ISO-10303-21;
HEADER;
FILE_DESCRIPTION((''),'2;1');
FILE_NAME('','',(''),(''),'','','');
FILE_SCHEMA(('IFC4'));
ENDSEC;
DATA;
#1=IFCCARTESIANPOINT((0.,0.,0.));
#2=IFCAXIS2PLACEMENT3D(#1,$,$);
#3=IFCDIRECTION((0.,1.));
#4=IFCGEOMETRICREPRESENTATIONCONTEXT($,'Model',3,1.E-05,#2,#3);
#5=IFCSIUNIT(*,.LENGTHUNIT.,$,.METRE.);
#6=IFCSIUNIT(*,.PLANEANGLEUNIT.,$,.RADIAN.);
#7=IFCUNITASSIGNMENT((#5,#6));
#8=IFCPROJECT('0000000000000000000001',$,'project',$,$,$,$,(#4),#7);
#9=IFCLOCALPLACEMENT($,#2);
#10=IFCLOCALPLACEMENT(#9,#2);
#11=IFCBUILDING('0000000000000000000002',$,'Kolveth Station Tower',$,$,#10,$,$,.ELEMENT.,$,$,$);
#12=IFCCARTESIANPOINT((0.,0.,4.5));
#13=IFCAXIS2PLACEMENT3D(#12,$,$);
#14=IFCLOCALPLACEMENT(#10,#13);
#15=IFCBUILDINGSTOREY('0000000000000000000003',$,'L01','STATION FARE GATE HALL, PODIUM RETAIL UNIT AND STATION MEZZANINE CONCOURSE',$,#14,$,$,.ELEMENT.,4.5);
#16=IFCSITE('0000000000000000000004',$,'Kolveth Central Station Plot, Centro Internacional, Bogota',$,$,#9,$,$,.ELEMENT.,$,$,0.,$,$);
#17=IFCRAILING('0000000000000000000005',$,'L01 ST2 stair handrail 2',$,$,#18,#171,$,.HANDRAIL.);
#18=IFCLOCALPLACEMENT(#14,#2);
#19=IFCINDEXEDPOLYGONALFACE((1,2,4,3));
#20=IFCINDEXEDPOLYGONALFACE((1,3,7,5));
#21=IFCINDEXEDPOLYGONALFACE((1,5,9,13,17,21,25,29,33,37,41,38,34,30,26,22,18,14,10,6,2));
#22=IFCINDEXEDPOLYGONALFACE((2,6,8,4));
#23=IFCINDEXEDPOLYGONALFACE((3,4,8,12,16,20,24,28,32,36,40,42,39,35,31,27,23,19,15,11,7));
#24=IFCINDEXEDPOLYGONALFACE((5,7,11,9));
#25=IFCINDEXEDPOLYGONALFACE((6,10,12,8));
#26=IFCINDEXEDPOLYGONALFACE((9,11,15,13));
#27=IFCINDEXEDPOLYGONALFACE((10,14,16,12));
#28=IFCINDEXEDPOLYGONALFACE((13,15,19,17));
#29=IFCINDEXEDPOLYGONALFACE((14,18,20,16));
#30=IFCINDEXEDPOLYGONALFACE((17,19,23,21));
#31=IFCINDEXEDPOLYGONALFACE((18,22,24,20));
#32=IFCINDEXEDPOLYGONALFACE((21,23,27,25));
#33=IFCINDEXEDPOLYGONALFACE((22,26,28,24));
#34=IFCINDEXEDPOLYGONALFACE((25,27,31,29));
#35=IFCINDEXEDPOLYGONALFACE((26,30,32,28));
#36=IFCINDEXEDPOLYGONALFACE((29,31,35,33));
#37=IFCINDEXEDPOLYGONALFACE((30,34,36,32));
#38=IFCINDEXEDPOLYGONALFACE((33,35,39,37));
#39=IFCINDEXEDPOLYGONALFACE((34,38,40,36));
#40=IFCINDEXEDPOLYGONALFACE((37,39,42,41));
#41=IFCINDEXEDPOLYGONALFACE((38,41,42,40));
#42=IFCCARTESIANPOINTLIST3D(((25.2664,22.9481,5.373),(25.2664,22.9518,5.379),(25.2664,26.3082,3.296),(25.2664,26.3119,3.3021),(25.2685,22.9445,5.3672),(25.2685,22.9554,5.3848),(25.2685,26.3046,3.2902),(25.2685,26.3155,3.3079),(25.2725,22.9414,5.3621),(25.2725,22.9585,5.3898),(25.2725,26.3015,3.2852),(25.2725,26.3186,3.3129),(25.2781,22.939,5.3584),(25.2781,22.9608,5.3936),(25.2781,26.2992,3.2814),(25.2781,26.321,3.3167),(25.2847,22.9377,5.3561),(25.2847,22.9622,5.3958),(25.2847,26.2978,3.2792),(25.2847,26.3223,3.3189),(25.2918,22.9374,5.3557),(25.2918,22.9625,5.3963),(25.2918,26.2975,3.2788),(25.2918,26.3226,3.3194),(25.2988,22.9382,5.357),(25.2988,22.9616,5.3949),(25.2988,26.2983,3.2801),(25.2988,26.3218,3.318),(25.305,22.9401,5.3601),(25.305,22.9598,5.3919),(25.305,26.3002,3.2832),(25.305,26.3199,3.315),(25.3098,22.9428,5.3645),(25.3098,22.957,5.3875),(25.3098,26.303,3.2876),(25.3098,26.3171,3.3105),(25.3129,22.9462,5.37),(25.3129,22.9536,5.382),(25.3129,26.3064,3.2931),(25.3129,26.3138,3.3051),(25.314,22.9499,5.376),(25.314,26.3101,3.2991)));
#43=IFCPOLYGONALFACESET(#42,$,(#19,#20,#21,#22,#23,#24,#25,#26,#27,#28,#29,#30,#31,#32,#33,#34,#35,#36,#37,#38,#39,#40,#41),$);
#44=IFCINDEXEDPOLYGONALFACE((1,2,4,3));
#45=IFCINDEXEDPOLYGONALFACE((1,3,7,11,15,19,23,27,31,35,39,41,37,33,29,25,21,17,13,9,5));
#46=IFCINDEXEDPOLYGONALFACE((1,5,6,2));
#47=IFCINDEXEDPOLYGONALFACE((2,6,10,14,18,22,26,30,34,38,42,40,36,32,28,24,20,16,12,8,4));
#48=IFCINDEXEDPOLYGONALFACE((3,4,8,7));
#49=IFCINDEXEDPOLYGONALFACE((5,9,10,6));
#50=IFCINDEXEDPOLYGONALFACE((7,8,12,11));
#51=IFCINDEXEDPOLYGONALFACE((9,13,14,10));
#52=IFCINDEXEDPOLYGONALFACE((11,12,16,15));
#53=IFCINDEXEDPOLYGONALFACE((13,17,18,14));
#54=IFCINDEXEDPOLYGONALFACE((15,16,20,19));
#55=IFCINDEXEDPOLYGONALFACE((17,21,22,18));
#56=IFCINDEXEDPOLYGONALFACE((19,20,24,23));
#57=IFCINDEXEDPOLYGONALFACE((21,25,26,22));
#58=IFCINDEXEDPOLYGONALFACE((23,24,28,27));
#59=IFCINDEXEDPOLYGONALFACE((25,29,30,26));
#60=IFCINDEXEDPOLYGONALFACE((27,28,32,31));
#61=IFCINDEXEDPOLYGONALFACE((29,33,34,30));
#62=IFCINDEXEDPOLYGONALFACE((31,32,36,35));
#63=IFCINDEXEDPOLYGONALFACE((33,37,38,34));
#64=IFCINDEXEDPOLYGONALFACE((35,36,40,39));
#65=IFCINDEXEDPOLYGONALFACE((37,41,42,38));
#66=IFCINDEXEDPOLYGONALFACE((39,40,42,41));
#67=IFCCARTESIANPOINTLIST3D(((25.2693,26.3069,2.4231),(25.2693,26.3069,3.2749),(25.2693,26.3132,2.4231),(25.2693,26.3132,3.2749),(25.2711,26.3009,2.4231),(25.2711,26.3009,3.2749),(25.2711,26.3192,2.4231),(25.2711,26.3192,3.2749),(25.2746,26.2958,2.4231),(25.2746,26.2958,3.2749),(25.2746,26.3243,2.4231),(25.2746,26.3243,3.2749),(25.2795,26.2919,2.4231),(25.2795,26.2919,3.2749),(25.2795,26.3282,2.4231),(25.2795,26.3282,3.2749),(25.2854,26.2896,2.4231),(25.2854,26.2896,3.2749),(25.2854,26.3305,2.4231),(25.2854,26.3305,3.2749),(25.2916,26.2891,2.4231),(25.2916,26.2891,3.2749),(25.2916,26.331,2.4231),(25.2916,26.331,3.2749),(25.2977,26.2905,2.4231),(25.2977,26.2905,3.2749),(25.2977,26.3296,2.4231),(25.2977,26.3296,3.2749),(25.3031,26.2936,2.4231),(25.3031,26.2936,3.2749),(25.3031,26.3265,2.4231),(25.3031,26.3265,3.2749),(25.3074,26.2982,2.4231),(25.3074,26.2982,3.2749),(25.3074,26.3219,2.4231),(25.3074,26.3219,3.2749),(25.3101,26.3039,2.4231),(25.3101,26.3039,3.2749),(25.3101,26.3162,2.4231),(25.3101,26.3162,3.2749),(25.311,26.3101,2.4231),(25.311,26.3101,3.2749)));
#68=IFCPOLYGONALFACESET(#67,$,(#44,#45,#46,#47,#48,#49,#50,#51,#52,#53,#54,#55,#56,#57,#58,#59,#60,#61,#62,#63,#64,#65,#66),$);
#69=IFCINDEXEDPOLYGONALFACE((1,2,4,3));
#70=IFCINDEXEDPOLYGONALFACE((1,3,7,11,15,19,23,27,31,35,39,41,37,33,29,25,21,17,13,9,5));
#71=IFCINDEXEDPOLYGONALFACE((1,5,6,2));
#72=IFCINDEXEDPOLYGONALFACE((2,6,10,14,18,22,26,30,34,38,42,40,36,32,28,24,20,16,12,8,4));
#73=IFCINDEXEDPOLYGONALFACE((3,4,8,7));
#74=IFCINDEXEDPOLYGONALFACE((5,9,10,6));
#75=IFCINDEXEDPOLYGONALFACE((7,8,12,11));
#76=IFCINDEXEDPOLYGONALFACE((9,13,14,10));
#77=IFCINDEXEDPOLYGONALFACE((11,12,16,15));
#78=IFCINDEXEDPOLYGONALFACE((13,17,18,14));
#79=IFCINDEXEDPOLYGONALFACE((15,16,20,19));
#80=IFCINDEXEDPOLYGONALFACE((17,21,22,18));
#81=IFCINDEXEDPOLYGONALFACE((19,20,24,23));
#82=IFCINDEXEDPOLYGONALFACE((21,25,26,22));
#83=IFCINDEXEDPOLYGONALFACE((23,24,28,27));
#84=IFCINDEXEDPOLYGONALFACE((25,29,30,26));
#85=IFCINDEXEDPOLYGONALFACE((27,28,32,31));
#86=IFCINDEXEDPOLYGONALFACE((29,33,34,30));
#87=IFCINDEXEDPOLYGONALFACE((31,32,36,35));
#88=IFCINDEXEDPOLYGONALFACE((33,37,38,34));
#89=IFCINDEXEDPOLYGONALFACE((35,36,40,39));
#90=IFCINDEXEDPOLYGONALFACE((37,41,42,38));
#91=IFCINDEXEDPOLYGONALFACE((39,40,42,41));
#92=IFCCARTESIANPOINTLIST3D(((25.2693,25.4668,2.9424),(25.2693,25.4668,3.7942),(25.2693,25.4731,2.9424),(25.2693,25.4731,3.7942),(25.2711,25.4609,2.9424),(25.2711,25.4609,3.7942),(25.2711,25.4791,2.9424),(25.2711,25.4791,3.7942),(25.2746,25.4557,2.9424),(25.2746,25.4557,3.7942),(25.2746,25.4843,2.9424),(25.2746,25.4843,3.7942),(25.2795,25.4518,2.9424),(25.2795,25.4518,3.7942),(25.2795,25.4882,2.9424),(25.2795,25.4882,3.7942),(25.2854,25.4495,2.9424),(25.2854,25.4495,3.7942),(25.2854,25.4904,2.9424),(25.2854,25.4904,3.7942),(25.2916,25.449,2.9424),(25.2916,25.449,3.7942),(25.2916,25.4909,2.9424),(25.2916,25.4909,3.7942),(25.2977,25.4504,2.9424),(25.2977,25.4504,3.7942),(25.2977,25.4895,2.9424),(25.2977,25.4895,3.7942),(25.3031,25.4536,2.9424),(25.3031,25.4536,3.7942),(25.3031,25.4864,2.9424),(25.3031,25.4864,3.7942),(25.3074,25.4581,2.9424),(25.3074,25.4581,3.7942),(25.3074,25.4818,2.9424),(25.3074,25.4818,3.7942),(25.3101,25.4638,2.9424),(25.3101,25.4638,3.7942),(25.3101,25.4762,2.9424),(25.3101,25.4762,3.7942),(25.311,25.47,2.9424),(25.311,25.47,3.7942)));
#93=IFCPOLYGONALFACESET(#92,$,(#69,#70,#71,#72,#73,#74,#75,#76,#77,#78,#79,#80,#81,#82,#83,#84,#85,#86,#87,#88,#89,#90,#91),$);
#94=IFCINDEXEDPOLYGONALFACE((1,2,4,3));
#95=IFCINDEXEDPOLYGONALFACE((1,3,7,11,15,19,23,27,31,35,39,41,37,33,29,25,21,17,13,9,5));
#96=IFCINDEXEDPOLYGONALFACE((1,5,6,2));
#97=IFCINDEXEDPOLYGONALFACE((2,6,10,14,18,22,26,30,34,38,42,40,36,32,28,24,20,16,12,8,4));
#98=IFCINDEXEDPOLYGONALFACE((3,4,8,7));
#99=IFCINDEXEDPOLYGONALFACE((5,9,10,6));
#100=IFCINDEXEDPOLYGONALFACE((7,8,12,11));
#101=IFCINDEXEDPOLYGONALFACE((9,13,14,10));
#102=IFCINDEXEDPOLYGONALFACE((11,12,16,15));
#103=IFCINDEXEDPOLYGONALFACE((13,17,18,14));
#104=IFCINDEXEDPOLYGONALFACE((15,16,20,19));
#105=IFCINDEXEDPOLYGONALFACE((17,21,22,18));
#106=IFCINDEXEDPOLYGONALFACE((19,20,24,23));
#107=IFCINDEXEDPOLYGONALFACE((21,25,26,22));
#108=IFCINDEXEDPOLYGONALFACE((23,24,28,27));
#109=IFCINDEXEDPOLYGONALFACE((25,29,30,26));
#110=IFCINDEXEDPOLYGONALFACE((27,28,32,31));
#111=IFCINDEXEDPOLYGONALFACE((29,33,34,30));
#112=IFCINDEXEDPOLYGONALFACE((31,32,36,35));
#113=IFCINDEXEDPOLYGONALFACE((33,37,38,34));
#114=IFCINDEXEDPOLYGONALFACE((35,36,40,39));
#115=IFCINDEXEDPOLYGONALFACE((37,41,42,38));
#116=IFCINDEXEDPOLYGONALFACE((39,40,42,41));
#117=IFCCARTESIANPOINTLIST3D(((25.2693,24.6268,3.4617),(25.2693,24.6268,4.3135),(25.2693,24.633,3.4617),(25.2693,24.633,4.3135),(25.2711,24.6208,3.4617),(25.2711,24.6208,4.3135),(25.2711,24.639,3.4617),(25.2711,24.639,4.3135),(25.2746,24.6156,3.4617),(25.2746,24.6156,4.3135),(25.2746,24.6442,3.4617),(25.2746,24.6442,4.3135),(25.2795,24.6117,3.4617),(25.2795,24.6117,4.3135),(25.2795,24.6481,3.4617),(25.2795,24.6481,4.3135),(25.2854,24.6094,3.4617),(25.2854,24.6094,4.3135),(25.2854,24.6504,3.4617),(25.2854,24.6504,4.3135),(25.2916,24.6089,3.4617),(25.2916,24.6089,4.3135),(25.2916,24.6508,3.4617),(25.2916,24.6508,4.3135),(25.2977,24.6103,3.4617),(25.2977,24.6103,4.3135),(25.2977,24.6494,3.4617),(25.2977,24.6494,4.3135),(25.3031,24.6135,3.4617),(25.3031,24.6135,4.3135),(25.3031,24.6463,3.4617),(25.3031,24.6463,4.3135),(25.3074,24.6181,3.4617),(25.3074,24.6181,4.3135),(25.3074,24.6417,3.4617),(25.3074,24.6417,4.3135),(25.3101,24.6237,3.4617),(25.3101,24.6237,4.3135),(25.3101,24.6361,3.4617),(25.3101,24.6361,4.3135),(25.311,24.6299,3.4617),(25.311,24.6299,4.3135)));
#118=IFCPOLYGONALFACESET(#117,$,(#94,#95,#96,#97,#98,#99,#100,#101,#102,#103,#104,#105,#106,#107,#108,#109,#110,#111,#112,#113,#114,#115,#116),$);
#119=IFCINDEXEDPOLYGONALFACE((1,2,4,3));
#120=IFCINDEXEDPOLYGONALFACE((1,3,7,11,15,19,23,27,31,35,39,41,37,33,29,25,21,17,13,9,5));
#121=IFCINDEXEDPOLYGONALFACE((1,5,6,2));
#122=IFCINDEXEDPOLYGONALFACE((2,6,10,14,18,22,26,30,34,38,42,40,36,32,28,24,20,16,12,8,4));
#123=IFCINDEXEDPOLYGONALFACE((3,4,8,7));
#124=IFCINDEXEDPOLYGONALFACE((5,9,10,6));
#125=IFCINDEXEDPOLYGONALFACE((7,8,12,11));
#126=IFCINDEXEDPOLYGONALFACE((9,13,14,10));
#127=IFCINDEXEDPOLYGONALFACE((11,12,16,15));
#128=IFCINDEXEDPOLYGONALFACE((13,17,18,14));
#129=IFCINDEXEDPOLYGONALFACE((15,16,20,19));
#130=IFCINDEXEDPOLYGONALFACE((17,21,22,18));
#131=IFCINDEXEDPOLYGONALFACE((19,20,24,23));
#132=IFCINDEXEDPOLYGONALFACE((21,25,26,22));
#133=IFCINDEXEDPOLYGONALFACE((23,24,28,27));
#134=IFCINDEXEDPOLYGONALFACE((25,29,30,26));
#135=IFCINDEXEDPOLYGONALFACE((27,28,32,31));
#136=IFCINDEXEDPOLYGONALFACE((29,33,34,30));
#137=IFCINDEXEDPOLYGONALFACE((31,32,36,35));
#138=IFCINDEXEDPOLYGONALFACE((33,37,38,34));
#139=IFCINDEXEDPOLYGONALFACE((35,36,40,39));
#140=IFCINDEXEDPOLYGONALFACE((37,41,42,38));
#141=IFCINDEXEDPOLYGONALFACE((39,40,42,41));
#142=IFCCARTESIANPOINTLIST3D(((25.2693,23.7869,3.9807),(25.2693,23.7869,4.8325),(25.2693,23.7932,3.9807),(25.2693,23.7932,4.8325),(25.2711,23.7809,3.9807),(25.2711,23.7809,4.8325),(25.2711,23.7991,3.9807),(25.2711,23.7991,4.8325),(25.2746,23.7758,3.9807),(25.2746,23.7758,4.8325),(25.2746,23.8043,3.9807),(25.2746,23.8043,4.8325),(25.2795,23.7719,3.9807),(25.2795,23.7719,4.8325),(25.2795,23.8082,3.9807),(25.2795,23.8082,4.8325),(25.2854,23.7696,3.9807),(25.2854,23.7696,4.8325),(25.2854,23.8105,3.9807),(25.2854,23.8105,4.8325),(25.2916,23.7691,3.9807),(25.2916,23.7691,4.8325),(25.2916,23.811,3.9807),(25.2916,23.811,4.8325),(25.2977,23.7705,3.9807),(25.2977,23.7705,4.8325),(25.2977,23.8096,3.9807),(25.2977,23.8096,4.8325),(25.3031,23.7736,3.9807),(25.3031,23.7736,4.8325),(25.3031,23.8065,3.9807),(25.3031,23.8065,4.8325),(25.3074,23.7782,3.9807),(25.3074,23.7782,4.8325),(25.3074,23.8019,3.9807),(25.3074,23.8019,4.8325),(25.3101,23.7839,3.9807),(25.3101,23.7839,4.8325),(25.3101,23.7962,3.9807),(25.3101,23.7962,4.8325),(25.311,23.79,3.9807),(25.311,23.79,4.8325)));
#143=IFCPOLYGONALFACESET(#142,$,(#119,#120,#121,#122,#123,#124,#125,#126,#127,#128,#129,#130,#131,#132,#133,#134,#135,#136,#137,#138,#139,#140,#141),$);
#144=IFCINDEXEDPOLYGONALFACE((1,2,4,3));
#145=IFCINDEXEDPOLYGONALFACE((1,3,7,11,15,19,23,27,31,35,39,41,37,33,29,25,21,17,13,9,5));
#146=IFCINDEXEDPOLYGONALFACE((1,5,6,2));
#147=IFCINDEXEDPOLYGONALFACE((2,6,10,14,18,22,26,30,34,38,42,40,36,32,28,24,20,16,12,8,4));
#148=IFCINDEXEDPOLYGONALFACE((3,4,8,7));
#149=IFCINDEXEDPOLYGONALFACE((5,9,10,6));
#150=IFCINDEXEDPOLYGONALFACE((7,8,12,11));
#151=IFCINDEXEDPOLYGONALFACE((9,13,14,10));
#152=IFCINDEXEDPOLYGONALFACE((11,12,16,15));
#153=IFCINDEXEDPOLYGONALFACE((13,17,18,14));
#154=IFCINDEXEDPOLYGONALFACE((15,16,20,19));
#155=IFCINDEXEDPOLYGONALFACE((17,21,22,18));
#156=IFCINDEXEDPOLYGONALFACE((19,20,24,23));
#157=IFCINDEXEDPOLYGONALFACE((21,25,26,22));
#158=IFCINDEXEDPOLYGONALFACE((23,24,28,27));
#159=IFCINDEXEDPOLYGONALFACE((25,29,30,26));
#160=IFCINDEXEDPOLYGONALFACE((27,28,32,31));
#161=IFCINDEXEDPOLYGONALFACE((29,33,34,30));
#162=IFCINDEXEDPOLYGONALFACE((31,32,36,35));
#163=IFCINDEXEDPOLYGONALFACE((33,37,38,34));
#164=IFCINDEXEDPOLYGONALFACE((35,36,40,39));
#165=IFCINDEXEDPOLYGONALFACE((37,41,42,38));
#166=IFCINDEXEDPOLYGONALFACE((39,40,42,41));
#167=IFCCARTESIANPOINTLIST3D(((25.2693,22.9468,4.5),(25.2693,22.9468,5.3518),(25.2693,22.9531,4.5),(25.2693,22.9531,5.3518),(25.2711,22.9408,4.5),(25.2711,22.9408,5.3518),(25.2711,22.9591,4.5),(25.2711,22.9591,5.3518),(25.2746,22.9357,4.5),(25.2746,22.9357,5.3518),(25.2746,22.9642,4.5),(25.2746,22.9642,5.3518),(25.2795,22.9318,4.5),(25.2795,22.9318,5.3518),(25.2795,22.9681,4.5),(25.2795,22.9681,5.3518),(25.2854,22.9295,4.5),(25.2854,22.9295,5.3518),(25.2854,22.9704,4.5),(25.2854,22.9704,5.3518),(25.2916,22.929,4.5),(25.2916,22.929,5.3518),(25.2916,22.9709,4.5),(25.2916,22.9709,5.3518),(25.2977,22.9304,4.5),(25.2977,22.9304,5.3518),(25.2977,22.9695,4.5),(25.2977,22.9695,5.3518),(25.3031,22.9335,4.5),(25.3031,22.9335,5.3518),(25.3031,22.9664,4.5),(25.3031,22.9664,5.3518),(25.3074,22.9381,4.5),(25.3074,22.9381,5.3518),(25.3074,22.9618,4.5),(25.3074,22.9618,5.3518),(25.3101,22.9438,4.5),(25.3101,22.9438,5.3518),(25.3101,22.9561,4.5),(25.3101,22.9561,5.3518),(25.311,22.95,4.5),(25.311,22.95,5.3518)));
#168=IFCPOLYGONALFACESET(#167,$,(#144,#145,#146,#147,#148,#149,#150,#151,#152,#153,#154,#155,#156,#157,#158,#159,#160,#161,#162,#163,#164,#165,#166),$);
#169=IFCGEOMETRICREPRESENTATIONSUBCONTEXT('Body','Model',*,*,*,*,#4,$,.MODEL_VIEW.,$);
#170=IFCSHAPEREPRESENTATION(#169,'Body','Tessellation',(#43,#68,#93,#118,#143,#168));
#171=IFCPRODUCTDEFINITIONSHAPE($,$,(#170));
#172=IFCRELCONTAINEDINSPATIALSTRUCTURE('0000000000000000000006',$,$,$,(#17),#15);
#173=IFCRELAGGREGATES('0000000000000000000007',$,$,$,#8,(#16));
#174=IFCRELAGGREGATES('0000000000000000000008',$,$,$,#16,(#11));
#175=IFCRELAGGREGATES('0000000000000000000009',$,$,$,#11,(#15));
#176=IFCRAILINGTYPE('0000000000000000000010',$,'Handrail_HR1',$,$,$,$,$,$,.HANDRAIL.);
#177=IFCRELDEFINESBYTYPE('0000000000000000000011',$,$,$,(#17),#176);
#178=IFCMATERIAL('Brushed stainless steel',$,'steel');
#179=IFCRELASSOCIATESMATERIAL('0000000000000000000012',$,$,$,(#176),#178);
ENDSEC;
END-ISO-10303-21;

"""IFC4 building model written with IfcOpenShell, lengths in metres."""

from ifc_helpers import new_model, si_unit, direction, frame, origin, origin_2d, place, context, subcontext, project, spatial, circle, extrude, material, type_object, element, save


model = new_model("IFC4")

# Units and contexts
model_context = context("Model", 3, precision=1e-05, world=origin(), true_north=direction((0.0, 1.0)))
body_context = subcontext(model_context, "Body", "Model", "MODEL_VIEW")
ifc_project = project(units=[si_unit("LENGTHUNIT", "METRE"), si_unit("PLANEANGLEUNIT", "RADIAN")], contexts=[model_context])

# Site, building, storey
site_placement = place(None, origin())
site = spatial("IfcSite", under=ifc_project, at=site_placement, Name="Kolveth Central Station Plot, Centro Internacional, Bogota", CompositionType="ELEMENT", RefElevation=0.0)
building_placement = place(site_placement, origin())
building = spatial("IfcBuilding", under=site, at=building_placement, Name="Kolveth Station Tower", CompositionType="ELEMENT")
storey_placement = place(building_placement, frame((0.0, 0.0, 4.5)))
storey = spatial("IfcBuildingStorey", under=building, at=storey_placement, Name="L01", Description="STATION FARE GATE HALL, PODIUM RETAIL UNIT AND STATION MEZZANINE CONCOURSE", CompositionType="ELEMENT", Elevation=4.5)

# Railing
ifc_material_1 = material(Name="Brushed stainless steel", Category="steel")
railing_type_1 = type_object("IfcRailingType", Name="Handrail_HR1", PredefinedType="HANDRAIL", material=ifc_material_1)
railing_1_placement = place(storey_placement, frame((25.29, 26.3101, 2.4231)))
element("IfcRailing", 1, at=railing_1_placement, inside=storey, type_object=railing_type_1, Name="L01 ST2 stair handrail 2", PredefinedType="HANDRAIL", context=body_context, shape_type="SweptSolid", body=[
    extrude(circle(Radius=0.0239, at=origin_2d()), frame((0.0, 0.0, 0.876), z_axis=(0.0, -0.850623, 0.525776), x_axis=(1.0, 0.0, 0.0)), (0.0, 0.0, 1.0), 3.9502),
    extrude(circle(Radius=0.021, at=origin_2d()), origin(), (0.0, 0.0, 1.0), 0.8518),
    extrude(circle(Radius=0.021, at=origin_2d()), frame((0.0, -0.8401, 0.5193)), (0.0, 0.0, 1.0), 0.8518),
    extrude(circle(Radius=0.021, at=origin_2d()), frame((0.0, -1.6802, 1.0386)), (0.0, 0.0, 1.0), 0.8518),
    extrude(circle(Radius=0.021, at=origin_2d()), frame((0.0, -2.52, 1.5576)), (0.0, 0.0, 1.0), 0.8518),
    extrude(circle(Radius=0.021, at=origin_2d()), frame((0.0, -3.3601, 2.0769)), (0.0, 0.0, 1.0), 0.8518),
])

save(model, "model.ifc")
